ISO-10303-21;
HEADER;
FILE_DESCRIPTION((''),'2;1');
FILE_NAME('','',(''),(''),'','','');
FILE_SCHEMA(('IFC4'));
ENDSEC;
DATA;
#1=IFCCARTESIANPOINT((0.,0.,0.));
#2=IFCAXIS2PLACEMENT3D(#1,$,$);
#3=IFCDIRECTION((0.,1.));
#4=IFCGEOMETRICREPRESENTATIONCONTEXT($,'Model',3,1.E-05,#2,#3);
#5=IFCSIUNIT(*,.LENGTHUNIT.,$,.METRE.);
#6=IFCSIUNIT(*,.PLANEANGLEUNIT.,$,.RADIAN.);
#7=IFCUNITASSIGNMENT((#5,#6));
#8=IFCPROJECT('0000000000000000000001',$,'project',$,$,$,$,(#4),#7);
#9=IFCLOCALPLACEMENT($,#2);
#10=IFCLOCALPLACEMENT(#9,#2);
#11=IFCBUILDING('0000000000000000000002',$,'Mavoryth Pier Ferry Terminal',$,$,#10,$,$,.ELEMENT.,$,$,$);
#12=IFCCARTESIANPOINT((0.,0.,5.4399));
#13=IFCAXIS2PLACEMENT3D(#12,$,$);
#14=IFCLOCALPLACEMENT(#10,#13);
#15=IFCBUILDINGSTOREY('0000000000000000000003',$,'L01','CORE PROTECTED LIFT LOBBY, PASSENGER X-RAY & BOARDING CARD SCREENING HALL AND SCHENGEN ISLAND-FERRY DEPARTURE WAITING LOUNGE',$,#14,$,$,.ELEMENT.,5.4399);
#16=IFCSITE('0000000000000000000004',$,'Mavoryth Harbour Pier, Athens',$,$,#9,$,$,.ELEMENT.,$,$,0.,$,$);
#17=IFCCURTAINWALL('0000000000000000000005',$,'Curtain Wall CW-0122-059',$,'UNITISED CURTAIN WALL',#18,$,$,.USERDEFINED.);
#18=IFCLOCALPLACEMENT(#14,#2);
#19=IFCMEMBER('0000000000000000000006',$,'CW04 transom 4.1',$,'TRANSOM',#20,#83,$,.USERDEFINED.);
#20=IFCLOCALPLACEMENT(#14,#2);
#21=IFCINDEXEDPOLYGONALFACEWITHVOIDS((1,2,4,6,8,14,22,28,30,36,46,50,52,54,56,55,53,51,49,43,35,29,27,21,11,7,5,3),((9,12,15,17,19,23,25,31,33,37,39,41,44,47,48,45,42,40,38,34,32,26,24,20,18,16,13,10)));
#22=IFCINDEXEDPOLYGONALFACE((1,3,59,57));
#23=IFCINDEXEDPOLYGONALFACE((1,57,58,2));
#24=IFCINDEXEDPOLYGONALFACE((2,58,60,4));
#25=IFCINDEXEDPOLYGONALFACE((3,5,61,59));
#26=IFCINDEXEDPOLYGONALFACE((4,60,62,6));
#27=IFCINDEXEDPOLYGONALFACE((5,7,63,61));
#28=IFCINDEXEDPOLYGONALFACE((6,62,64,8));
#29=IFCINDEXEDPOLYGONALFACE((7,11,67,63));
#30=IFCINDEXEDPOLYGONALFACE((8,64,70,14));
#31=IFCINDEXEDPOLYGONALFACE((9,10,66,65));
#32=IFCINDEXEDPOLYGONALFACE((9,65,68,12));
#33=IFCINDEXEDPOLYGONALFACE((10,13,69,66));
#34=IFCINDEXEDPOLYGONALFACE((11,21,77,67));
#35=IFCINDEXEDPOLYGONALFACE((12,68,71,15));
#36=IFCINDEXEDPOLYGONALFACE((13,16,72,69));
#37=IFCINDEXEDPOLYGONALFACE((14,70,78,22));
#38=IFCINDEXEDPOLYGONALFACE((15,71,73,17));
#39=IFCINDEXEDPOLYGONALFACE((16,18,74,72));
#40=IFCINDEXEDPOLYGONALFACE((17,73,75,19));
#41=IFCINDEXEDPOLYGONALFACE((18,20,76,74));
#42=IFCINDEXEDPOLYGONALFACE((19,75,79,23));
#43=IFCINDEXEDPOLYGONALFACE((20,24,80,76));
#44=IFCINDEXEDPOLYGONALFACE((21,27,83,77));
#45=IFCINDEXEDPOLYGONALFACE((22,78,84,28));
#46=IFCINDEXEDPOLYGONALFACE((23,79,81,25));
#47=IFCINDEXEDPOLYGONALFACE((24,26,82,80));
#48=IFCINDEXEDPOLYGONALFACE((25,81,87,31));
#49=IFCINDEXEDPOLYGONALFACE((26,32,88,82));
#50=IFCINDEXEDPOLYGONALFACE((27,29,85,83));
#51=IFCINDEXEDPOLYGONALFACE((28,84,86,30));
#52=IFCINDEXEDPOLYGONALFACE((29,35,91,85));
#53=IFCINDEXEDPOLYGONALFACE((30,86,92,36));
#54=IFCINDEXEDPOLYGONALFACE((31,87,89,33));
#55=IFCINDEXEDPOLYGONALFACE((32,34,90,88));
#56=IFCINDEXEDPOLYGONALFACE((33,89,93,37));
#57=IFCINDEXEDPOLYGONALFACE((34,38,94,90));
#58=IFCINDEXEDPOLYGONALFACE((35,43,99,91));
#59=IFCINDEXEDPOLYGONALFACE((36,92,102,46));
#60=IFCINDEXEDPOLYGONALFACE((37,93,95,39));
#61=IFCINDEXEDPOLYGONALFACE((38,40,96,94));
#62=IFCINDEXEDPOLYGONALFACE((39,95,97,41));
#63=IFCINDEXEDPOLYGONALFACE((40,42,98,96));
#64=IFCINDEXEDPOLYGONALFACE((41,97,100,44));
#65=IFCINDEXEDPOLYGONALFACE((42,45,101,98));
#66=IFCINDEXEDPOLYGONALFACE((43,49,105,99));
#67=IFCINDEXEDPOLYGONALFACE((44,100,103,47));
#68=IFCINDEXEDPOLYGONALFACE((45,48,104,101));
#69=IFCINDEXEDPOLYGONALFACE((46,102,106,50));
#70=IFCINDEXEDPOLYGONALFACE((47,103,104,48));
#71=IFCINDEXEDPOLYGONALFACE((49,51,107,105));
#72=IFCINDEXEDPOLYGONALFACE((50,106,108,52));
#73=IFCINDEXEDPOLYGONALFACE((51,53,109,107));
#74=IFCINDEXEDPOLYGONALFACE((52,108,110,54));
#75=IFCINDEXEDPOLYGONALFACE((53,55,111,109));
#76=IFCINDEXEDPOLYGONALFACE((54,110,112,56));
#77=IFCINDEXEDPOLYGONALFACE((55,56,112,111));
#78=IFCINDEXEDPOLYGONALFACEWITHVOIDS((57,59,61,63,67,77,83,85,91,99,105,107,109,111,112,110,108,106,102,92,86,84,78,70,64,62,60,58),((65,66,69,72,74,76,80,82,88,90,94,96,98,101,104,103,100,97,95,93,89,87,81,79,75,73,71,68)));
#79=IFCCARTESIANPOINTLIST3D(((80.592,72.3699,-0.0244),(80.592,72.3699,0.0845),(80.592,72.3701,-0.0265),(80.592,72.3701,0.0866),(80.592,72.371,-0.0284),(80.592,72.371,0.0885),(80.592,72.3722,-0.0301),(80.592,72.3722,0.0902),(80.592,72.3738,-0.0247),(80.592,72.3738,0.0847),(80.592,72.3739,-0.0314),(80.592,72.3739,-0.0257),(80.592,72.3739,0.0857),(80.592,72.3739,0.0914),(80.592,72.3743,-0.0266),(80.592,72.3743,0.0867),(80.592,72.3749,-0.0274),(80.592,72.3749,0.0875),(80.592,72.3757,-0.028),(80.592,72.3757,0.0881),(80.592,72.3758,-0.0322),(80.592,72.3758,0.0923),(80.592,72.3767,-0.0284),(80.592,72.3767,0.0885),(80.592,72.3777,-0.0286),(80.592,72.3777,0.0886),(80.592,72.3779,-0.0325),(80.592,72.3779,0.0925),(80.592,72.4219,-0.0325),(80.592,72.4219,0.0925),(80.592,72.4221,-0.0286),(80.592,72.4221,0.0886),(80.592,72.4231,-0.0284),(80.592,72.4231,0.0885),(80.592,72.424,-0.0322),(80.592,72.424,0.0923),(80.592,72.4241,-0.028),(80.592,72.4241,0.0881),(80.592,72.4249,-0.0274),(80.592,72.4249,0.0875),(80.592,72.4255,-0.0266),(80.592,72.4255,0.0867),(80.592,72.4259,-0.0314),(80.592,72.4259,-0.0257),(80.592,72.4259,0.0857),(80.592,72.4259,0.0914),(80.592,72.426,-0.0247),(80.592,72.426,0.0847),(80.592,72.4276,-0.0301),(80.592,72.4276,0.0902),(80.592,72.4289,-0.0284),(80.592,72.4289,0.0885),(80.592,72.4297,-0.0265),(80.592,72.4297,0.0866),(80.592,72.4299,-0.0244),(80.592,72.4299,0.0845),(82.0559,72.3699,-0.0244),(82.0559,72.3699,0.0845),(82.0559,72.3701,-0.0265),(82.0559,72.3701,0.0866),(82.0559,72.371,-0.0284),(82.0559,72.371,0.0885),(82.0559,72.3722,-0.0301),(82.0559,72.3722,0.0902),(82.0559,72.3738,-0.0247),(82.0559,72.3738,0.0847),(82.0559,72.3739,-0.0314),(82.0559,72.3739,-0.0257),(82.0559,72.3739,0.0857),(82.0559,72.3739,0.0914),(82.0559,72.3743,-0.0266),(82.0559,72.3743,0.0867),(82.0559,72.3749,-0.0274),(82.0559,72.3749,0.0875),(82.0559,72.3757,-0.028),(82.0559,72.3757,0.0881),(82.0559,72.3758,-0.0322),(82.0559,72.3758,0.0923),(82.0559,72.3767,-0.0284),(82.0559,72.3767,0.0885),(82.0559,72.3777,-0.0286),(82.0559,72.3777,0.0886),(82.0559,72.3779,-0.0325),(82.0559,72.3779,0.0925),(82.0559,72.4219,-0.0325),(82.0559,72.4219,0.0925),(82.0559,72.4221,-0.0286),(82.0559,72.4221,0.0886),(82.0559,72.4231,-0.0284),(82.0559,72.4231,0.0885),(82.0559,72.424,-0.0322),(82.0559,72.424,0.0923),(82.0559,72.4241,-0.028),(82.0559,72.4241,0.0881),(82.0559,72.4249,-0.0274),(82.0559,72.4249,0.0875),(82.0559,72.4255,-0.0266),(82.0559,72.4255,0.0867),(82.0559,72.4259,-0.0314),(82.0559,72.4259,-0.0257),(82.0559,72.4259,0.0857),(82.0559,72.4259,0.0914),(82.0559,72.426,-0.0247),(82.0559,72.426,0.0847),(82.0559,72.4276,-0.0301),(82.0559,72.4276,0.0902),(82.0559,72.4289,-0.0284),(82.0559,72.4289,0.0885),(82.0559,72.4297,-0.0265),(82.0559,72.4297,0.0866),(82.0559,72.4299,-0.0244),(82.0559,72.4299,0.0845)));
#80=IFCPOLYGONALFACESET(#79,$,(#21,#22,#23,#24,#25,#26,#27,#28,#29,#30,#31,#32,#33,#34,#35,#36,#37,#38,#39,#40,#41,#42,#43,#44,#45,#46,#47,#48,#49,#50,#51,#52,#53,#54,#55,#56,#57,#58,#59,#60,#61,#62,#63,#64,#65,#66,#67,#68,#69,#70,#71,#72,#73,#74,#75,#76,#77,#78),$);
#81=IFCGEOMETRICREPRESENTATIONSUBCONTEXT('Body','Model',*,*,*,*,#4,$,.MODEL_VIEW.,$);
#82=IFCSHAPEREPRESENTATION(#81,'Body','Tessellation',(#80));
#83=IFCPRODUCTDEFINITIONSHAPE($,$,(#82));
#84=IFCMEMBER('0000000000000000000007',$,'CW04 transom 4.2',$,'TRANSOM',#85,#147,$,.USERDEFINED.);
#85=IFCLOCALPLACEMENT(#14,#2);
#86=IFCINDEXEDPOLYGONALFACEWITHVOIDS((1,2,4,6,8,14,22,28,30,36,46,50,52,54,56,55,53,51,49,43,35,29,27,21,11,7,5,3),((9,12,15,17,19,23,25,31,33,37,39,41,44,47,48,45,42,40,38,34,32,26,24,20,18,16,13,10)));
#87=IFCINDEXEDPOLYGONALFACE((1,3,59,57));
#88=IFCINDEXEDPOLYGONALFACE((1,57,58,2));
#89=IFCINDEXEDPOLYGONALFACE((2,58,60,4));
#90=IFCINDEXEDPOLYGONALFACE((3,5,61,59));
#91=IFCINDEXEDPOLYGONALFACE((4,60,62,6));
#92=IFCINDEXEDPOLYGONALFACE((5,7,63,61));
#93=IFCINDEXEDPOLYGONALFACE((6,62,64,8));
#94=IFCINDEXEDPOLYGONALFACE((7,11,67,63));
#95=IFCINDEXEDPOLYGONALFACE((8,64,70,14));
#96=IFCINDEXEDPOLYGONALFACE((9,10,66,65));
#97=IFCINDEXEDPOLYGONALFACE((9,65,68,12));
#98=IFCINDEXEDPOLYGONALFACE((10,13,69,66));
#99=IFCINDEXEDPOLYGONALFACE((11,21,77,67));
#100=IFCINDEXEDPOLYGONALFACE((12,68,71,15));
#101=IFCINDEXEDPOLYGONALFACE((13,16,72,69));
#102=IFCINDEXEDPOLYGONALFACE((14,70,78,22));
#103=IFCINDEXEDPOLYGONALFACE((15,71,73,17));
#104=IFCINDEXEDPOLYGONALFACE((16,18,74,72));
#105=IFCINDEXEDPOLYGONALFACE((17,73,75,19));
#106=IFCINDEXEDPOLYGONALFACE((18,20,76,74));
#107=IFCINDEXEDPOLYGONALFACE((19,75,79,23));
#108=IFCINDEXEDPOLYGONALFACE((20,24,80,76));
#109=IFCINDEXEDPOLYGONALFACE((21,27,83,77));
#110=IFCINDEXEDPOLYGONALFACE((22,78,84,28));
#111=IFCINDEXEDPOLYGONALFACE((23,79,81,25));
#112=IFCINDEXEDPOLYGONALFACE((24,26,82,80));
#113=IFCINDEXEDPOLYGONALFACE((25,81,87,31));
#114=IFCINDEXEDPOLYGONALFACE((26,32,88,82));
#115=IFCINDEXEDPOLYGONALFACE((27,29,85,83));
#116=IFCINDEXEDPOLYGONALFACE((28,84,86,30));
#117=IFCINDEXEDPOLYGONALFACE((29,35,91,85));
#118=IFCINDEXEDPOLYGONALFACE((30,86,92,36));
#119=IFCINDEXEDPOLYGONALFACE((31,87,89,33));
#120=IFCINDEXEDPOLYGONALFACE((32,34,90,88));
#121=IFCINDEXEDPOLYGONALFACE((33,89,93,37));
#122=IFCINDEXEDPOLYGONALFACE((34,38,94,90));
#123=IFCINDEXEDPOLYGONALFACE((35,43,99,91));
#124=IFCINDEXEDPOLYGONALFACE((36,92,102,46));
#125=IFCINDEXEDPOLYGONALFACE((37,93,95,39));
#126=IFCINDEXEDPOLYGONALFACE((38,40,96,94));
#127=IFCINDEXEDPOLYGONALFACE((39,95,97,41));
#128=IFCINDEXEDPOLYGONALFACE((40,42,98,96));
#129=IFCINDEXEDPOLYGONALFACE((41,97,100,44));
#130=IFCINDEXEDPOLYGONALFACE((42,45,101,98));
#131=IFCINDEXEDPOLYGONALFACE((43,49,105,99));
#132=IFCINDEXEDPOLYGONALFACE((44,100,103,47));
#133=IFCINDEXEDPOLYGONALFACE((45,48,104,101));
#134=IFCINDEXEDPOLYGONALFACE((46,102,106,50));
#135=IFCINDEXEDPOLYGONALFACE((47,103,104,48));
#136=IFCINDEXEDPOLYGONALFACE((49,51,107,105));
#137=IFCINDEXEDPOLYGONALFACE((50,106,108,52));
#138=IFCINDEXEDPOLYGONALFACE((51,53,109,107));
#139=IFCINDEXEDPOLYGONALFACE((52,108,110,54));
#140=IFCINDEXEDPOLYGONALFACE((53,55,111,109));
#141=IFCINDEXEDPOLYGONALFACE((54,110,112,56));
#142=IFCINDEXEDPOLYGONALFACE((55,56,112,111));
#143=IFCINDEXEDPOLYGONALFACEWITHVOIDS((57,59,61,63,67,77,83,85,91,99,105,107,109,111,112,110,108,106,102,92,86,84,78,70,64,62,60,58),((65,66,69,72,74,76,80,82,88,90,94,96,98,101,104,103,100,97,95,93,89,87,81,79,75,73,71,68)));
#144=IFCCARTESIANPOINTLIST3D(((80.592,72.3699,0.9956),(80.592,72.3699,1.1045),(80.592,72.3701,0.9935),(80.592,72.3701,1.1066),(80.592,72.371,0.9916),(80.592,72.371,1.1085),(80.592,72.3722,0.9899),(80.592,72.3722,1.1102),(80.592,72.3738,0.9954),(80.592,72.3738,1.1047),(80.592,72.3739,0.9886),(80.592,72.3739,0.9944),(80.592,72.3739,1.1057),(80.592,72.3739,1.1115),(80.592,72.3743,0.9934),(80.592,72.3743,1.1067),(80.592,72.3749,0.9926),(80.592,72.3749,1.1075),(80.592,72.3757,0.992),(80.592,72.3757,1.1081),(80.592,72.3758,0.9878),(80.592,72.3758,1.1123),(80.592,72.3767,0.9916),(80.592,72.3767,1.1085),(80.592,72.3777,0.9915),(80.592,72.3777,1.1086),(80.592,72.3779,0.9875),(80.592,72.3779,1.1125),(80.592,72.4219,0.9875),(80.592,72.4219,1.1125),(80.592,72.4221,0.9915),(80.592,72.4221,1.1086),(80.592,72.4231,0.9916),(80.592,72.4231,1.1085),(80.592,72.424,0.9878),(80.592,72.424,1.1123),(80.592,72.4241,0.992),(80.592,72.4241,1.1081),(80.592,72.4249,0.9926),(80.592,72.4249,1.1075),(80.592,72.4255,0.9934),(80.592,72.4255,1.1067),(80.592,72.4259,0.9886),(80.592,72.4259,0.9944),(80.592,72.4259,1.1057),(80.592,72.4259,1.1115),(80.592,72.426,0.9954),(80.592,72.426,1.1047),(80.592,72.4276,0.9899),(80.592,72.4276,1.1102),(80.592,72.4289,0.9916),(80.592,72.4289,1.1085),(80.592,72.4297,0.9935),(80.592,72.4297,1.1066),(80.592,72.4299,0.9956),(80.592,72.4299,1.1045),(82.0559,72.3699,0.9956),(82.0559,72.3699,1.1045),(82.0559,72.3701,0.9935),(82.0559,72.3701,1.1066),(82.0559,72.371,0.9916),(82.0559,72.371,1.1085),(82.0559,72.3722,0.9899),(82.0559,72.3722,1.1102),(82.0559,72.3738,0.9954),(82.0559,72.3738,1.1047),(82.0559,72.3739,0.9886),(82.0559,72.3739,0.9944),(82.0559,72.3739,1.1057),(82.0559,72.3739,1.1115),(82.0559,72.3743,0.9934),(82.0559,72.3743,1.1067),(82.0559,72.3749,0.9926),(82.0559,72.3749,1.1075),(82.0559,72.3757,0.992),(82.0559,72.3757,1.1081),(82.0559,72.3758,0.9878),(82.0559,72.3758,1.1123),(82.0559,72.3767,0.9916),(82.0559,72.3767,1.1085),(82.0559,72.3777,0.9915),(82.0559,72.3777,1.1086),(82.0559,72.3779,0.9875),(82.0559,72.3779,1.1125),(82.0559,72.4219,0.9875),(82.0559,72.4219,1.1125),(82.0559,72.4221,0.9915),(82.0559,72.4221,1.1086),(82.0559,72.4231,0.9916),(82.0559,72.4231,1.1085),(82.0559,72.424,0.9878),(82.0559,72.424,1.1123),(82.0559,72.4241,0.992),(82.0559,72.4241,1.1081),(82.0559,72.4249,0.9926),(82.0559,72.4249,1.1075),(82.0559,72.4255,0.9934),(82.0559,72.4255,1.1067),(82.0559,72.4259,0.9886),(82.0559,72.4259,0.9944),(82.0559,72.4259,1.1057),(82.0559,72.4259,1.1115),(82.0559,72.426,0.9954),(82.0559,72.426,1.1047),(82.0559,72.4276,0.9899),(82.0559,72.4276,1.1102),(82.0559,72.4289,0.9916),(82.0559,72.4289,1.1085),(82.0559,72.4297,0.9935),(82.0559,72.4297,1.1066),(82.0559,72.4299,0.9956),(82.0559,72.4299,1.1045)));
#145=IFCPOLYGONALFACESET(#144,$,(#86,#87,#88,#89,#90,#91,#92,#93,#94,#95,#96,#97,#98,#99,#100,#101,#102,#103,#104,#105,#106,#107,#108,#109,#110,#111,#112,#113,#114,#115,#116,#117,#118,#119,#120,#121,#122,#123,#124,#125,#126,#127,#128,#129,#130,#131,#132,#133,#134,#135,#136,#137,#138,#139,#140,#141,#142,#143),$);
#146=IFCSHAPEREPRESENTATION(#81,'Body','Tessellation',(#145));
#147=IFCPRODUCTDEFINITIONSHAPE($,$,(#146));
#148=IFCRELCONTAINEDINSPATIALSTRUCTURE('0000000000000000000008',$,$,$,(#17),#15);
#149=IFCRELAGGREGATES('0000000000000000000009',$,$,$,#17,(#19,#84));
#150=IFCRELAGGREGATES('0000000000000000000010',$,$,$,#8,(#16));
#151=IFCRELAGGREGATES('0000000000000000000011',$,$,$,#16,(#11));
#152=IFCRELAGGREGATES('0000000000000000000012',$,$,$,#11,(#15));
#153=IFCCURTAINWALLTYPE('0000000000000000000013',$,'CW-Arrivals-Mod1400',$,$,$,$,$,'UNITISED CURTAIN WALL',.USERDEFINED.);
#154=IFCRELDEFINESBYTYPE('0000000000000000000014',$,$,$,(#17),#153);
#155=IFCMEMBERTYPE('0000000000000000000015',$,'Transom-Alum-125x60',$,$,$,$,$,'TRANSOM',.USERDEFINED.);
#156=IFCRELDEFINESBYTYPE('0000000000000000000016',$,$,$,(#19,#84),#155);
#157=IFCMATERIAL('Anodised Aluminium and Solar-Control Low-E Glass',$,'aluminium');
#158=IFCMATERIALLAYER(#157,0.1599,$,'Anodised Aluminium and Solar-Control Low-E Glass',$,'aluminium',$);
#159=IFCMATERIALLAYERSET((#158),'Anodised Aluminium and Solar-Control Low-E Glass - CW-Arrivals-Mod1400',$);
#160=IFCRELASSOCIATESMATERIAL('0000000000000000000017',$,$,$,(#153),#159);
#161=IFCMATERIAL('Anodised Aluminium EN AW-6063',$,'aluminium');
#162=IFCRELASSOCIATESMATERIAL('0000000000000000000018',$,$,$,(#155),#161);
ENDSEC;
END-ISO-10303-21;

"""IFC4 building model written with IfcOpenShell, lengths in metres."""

from ifc_helpers import new_model, si_unit, direction, frame, origin, origin_2d, place, context, subcontext, project, spatial, hollow_rectangle, extrude, material, layer, layer_set, material_profile, profile_set, type_object, element, aggregate, save


model = new_model("IFC4")

# Units and contexts
model_context = context("Model", 3, precision=1e-05, world=origin(), true_north=direction((0.0, 1.0)))
body_context = subcontext(model_context, "Body", "Model", "MODEL_VIEW")
ifc_project = project(units=[si_unit("LENGTHUNIT", "METRE"), si_unit("PLANEANGLEUNIT", "RADIAN")], contexts=[model_context])

# Site, building, storey
site_placement = place(None, origin())
site = spatial("IfcSite", under=ifc_project, at=site_placement, Name="Mavoryth Harbour Pier, Athens", CompositionType="ELEMENT", RefElevation=0.0)
building_placement = place(site_placement, origin())
building = spatial("IfcBuilding", under=site, at=building_placement, Name="Mavoryth Pier Ferry Terminal", CompositionType="ELEMENT")
storey_placement = place(building_placement, frame((0.0, 0.0, 5.4399)))
storey = spatial("IfcBuildingStorey", under=building, at=storey_placement, Name="L01", Description="CORE PROTECTED LIFT LOBBY, PASSENGER X-RAY & BOARDING CARD SCREENING HALL AND SCHENGEN ISLAND-FERRY DEPARTURE WAITING LOUNGE", CompositionType="ELEMENT", Elevation=5.4399)

# Shared definitions
ifc_material_1 = material(Name="Anodised Aluminium and Solar-Control Low-E Glass", Category="aluminium")
ifc_layer_1 = layer(ifc_material_1, 0.1599, Name="Anodised Aluminium and Solar-Control Low-E Glass", Category="aluminium")
ifc_layer_set_1 = layer_set([ifc_layer_1], Name="Anodised Aluminium and Solar-Control Low-E Glass - CW-Arrivals-Mod1400")
curtain_wall_type = type_object("IfcCurtainWallType", Name="CW-Arrivals-Mod1400", ElementType="UNITISED CURTAIN WALL", PredefinedType="USERDEFINED", material=ifc_layer_set_1)
ifc_material_2 = material(Name="Anodised Aluminium EN AW-6063", Category="aluminium")

# Curtain wall
curtain_wall_1_placement = place(storey_placement, origin())
curtain_wall_1 = element("IfcCurtainWall", 1, at=curtain_wall_1_placement, inside=storey, type_object=curtain_wall_type, Name="Curtain Wall CW-0122-059", ObjectType="UNITISED CURTAIN WALL", PredefinedType="USERDEFINED")

# Members
ifc_material_profile_1 = material_profile(ifc_material_2, hollow_rectangle(XDim=0.0601, YDim=0.125, WallThickness=0.0039, InnerFilletRadius=0.0039, OuterFilletRadius=0.0081, at=origin_2d()), Name="AL-TRAN 125x60x4", Category="aluminium")
ifc_profile_set_1 = profile_set([ifc_material_profile_1], Name="Anodised Aluminium EN AW-6063 - AL-TRAN 125x60x4")
member_type_1 = type_object("IfcMemberType", Name="Transom-Alum-125x60", ElementType="TRANSOM", PredefinedType="USERDEFINED", material=ifc_profile_set_1)
member_1_placement = place(storey_placement, frame((80.592, 72.3999, 0.03), z_axis=(1.0, 0.0, 0.0), x_axis=(0.0, 1.0, 0.0)))
member_1 = element("IfcMember", 2, at=member_1_placement, type_object=member_type_1, Name="CW04 transom 4.1", ObjectType="TRANSOM", PredefinedType="USERDEFINED", context=body_context, shape_type="SweptSolid", body=[
    extrude(hollow_rectangle(XDim=0.0601, YDim=0.125, WallThickness=0.0039, InnerFilletRadius=0.0039, OuterFilletRadius=0.0081, at=origin_2d()), origin(), (0.0, 0.0, 1.0), 1.4639),
])
member_2_placement = place(storey_placement, frame((80.592, 72.3999, 1.05), z_axis=(1.0, 0.0, 0.0), x_axis=(0.0, 1.0, 0.0)))
member_2 = element("IfcMember", 3, at=member_2_placement, type_object=member_type_1, Name="CW04 transom 4.2", ObjectType="TRANSOM", PredefinedType="USERDEFINED", context=body_context, shape_type="SweptSolid", body=[
    extrude(hollow_rectangle(XDim=0.0601, YDim=0.125, WallThickness=0.0039, InnerFilletRadius=0.0039, OuterFilletRadius=0.0081, at=origin_2d()), origin(), (0.0, 0.0, 1.0), 1.4639),
])

aggregate(curtain_wall_1, [member_1, member_2])

save(model, "model.ifc")
